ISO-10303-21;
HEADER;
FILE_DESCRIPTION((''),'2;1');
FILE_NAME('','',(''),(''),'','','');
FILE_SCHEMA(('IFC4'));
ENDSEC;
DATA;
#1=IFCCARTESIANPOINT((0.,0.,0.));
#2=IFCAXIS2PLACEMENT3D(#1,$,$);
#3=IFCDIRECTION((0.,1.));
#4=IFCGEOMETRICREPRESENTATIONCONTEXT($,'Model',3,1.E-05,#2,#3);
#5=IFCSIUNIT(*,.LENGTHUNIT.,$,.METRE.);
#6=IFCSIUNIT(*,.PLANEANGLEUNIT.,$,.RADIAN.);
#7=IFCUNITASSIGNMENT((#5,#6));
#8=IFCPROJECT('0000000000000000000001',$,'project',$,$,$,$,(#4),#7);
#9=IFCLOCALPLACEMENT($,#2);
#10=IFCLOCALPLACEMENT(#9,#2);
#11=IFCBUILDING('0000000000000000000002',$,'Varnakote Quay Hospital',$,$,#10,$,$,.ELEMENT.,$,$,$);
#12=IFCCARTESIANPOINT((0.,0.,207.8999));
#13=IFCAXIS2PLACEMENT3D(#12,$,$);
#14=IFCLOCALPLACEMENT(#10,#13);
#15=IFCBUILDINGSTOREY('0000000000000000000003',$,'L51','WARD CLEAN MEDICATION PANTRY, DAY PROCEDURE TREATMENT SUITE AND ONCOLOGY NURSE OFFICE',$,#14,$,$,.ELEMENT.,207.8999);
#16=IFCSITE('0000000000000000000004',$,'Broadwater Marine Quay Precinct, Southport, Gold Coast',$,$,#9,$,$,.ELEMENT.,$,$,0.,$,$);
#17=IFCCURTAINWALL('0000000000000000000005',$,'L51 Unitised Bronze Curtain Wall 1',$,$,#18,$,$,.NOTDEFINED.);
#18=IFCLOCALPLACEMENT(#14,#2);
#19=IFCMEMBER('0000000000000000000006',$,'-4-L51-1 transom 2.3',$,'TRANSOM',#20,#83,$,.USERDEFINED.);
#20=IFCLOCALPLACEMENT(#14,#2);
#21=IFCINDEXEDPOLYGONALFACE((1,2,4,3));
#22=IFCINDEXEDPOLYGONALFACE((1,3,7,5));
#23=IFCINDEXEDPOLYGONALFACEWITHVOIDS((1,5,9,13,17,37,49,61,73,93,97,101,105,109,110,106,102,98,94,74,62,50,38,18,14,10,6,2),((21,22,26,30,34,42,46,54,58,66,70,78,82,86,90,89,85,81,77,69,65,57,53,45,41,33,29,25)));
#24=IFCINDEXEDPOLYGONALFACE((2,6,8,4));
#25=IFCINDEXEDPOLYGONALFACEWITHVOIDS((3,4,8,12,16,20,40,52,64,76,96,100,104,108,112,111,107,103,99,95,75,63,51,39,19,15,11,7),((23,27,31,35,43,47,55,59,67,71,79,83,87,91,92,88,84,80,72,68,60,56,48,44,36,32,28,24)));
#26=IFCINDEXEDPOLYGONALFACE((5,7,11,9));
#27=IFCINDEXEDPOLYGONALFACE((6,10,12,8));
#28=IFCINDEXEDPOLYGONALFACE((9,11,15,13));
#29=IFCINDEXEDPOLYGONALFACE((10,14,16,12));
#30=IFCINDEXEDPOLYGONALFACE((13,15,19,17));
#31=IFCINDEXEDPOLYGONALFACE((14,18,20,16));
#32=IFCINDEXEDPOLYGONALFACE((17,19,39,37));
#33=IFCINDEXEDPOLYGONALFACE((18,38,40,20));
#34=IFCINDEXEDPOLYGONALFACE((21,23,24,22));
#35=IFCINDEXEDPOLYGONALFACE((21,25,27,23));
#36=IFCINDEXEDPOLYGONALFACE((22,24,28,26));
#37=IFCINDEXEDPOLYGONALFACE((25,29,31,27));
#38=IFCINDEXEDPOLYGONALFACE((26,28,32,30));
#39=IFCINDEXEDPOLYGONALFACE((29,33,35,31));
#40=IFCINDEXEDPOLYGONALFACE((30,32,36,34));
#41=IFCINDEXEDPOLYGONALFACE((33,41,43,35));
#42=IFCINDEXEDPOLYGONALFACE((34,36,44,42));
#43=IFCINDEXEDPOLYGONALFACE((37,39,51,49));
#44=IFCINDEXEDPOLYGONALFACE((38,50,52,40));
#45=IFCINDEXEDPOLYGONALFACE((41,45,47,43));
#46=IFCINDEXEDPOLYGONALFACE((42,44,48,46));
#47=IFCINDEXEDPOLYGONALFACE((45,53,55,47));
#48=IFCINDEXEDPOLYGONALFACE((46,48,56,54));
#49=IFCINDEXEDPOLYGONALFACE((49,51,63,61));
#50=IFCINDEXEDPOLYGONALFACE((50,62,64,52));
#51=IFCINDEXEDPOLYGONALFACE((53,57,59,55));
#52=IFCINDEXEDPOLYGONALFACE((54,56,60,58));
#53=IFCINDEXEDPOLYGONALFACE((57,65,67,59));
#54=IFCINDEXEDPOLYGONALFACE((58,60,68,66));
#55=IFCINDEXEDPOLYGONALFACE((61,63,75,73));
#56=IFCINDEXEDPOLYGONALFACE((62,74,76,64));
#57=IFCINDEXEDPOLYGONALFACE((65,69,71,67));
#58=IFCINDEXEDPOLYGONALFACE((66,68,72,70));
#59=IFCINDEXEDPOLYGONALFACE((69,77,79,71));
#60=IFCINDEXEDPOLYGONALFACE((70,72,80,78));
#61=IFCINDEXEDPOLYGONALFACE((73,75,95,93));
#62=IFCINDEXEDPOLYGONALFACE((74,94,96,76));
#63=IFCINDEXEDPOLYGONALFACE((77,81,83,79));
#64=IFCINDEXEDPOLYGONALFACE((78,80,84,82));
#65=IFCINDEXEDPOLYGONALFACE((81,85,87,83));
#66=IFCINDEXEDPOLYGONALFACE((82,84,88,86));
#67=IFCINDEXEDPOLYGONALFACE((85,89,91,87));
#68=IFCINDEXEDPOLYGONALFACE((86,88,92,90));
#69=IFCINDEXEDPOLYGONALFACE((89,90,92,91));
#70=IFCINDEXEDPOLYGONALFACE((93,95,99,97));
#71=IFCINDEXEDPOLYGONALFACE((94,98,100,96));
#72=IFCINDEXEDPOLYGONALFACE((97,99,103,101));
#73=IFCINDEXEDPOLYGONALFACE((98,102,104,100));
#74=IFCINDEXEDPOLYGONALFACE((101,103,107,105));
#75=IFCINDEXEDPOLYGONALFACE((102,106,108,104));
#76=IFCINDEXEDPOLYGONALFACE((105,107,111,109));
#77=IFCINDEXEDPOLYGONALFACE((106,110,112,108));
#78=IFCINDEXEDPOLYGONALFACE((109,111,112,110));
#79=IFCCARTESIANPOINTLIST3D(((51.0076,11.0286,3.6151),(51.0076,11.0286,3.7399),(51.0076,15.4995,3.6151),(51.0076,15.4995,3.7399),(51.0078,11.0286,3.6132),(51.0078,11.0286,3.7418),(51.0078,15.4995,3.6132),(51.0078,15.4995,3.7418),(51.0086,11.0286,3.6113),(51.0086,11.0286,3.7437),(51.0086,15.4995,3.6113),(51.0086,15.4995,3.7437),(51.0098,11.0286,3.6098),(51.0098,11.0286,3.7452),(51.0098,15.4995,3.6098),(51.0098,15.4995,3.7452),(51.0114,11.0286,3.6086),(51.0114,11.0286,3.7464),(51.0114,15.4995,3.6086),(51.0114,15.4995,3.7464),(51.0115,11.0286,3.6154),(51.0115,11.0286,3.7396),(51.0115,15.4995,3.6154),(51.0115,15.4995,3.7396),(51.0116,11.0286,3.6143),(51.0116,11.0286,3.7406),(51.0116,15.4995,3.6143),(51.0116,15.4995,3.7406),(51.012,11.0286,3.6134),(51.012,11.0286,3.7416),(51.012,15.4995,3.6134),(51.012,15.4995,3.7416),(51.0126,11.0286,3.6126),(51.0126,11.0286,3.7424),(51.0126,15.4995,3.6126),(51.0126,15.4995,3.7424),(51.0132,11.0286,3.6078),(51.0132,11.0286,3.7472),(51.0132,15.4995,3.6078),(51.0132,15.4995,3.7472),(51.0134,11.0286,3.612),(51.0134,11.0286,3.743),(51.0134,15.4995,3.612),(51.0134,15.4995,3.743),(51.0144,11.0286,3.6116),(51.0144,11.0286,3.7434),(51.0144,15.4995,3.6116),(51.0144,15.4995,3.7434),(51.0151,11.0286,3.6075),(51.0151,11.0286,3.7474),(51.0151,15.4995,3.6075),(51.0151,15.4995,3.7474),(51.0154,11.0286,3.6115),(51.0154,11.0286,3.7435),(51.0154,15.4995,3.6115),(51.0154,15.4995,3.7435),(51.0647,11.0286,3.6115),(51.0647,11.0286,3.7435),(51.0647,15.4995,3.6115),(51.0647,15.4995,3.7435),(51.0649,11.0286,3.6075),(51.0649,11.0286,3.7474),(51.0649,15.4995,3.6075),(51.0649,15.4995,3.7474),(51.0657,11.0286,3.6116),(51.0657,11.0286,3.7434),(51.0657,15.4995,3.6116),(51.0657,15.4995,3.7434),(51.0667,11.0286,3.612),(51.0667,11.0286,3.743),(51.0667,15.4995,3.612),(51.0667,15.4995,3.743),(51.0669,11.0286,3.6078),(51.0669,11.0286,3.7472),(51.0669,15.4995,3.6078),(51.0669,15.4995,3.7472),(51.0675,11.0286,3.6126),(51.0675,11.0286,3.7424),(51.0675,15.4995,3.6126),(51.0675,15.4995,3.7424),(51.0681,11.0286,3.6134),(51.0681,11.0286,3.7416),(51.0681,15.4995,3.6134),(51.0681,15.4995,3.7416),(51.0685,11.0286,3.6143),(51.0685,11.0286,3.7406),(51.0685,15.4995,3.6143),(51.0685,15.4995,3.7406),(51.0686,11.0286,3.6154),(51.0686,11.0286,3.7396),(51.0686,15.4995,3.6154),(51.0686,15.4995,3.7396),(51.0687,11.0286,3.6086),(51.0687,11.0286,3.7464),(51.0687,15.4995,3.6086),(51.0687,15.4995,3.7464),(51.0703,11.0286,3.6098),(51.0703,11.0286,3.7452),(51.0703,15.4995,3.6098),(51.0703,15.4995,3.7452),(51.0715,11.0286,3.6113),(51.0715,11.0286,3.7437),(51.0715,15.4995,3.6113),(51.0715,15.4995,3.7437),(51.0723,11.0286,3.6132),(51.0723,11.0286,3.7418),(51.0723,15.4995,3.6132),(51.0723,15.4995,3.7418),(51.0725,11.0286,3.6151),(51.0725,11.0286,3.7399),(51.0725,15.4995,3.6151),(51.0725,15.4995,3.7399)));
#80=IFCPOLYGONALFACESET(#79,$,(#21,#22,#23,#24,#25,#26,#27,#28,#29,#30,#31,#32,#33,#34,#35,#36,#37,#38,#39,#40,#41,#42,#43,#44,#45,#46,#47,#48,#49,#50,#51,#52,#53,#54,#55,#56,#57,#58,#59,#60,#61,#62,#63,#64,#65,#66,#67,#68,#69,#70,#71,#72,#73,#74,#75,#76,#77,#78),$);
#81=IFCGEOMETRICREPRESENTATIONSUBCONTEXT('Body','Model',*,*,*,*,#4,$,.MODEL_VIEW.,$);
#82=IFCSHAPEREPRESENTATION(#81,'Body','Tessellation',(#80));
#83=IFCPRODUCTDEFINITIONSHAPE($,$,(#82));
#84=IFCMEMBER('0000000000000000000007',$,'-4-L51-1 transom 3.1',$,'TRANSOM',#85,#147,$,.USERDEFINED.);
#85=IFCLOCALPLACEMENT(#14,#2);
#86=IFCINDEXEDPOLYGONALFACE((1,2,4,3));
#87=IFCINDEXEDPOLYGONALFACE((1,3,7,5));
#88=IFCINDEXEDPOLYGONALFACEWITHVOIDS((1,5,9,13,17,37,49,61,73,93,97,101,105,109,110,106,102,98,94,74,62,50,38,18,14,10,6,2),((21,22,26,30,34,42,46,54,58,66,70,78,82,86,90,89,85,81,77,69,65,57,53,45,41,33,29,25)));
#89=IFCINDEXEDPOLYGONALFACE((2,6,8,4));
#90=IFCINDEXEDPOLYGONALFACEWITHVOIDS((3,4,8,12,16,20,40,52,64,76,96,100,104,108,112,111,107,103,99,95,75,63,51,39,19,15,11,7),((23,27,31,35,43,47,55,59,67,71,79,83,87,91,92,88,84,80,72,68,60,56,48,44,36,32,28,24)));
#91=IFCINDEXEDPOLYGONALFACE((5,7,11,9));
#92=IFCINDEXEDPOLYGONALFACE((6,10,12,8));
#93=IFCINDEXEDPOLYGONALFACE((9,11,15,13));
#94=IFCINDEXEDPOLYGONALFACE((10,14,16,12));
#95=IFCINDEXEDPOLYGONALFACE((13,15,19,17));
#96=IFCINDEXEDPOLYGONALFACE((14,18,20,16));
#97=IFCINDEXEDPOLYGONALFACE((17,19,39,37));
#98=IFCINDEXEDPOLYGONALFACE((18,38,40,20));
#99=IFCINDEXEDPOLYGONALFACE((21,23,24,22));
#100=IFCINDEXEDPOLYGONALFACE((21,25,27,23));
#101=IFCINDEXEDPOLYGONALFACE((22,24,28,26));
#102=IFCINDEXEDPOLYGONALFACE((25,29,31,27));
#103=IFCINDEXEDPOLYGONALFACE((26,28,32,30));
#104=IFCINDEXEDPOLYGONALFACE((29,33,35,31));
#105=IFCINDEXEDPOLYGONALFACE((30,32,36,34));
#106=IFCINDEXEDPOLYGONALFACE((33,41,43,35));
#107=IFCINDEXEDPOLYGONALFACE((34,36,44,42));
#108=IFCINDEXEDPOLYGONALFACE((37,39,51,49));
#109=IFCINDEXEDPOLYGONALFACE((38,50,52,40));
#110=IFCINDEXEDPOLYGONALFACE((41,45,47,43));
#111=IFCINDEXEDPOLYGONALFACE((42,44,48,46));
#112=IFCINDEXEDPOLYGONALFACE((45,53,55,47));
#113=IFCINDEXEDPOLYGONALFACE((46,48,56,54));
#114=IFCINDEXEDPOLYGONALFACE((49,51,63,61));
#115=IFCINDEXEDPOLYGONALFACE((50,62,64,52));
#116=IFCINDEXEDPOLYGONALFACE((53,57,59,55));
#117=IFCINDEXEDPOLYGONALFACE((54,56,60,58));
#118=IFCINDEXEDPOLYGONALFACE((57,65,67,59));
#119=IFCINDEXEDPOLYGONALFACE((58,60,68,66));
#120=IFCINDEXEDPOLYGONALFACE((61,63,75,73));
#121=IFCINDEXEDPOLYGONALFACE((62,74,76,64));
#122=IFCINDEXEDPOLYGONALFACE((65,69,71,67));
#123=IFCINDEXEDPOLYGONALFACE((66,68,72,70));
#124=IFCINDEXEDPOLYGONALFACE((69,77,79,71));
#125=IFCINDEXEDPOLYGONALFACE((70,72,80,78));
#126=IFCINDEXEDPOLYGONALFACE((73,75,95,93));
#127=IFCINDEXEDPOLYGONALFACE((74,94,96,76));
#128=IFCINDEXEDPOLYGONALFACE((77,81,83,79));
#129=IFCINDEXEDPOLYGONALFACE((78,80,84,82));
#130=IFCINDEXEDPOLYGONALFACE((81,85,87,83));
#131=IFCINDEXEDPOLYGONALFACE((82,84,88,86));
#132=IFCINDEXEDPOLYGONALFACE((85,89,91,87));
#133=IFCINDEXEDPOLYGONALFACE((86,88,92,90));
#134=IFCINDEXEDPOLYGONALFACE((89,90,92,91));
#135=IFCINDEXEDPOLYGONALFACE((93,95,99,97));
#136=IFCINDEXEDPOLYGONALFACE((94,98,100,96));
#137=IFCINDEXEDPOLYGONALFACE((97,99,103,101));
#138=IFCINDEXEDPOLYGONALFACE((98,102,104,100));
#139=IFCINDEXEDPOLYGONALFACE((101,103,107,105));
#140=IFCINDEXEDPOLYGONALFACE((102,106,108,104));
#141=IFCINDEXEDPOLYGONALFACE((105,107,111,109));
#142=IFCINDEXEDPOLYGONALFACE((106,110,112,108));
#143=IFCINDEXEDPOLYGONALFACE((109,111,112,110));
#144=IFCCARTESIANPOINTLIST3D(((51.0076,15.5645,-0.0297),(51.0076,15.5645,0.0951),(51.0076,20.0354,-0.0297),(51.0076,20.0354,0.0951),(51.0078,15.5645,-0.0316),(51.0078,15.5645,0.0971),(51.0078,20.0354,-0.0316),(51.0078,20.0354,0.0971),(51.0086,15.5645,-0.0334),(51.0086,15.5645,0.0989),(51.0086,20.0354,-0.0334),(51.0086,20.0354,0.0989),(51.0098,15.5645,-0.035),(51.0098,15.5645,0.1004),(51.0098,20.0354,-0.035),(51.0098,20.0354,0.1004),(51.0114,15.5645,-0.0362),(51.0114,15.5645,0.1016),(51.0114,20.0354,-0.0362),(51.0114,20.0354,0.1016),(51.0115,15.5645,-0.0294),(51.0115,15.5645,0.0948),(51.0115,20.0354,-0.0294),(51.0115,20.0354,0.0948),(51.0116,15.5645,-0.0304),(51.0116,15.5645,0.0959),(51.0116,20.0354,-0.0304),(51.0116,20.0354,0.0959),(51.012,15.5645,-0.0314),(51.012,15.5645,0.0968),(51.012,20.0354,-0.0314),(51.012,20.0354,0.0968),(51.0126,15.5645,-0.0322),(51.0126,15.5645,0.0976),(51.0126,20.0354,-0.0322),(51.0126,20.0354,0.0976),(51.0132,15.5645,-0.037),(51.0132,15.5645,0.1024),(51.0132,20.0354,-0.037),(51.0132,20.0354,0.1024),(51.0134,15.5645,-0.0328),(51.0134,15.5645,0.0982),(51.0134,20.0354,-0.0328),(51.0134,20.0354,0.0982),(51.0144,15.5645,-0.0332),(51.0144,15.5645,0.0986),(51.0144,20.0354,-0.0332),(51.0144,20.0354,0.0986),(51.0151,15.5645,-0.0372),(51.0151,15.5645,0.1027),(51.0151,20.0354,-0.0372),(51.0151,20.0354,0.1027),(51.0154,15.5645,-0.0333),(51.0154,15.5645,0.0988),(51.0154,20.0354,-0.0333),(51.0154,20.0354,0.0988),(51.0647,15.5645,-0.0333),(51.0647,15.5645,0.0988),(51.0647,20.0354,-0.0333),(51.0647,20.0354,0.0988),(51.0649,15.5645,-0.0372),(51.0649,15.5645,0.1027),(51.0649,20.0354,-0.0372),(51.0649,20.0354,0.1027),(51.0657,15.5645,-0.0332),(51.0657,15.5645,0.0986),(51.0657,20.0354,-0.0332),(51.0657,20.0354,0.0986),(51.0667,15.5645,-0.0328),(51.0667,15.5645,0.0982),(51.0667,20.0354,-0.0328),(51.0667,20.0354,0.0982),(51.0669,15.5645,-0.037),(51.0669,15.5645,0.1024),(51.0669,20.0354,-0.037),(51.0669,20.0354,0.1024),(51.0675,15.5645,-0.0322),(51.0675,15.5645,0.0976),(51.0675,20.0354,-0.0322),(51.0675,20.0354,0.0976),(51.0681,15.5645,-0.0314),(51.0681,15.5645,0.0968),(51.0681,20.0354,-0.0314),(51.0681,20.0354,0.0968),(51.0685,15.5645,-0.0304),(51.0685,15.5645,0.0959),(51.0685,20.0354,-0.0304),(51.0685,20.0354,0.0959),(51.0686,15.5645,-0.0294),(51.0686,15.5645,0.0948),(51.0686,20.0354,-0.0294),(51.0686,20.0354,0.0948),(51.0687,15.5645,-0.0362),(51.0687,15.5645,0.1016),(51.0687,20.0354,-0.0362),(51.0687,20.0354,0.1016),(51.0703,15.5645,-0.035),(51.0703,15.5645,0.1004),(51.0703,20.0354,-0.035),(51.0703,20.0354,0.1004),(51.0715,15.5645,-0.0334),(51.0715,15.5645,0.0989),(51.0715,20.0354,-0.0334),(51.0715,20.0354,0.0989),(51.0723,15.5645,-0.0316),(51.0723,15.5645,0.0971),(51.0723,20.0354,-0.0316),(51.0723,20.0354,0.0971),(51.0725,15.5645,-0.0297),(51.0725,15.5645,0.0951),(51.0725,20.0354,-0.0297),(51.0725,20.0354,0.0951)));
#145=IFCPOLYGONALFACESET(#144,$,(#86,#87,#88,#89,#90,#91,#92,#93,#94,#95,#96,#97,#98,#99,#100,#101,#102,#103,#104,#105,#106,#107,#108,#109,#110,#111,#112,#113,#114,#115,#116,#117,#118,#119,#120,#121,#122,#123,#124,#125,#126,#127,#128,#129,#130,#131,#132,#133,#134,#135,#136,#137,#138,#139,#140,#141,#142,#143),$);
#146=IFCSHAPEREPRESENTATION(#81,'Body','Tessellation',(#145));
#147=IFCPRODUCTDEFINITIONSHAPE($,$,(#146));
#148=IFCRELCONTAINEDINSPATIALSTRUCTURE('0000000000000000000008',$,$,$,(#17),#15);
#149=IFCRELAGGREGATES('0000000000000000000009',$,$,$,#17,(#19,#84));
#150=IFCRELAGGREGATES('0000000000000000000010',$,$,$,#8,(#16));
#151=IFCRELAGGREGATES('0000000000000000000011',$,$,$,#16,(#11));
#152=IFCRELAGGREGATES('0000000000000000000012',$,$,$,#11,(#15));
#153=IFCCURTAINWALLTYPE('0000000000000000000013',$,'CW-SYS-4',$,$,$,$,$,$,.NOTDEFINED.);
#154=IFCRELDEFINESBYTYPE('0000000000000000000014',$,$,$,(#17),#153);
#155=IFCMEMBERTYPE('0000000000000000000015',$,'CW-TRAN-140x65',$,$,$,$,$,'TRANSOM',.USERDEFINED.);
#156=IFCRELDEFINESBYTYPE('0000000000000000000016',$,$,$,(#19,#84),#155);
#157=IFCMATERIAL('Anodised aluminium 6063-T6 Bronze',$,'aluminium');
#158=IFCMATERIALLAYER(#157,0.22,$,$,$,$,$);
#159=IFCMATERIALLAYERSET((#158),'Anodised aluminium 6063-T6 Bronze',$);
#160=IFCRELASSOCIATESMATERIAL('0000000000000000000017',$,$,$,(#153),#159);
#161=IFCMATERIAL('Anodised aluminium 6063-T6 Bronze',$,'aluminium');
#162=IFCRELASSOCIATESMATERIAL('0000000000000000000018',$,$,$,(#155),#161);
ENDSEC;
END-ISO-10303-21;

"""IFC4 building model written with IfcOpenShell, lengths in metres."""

from ifc_helpers import new_model, si_unit, direction, frame, origin, origin_2d, place, context, subcontext, project, spatial, hollow_rectangle, extrude, material, layer, layer_set, material_profile, profile_set, type_object, element, aggregate, save


model = new_model("IFC4")

# Units and contexts
model_context = context("Model", 3, precision=1e-05, world=origin(), true_north=direction((0.0, 1.0)))
body_context = subcontext(model_context, "Body", "Model", "MODEL_VIEW")
ifc_project = project(units=[si_unit("LENGTHUNIT", "METRE"), si_unit("PLANEANGLEUNIT", "RADIAN")], contexts=[model_context])

# Site, building, storey
site_placement = place(None, origin())
site = spatial("IfcSite", under=ifc_project, at=site_placement, Name="Broadwater Marine Quay Precinct, Southport, Gold Coast", CompositionType="ELEMENT", RefElevation=0.0)
building_placement = place(site_placement, origin())
building = spatial("IfcBuilding", under=site, at=building_placement, Name="Varnakote Quay Hospital", CompositionType="ELEMENT")
storey_placement = place(building_placement, frame((0.0, 0.0, 207.8999)))
storey = spatial("IfcBuildingStorey", under=building, at=storey_placement, Name="L51", Description="WARD CLEAN MEDICATION PANTRY, DAY PROCEDURE TREATMENT SUITE AND ONCOLOGY NURSE OFFICE", CompositionType="ELEMENT", Elevation=207.8999)

# Curtain wall, members
ifc_material_1 = material(Name="Anodised aluminium 6063-T6 Bronze", Category="aluminium")
ifc_layer_1 = layer(ifc_material_1, 0.22)
ifc_layer_set_1 = layer_set([ifc_layer_1], Name="Anodised aluminium 6063-T6 Bronze")
curtain_wall_type = type_object("IfcCurtainWallType", Name="CW-SYS-4", PredefinedType="NOTDEFINED", material=ifc_layer_set_1)
curtain_wall_placement = place(storey_placement, origin())
curtain_wall = element("IfcCurtainWall", 1, at=curtain_wall_placement, inside=storey, type_object=curtain_wall_type, Name="L51 Unitised Bronze Curtain Wall 1", PredefinedType="NOTDEFINED")
ifc_material_2 = material(Name="Anodised aluminium 6063-T6 Bronze", Category="aluminium")
ifc_material_profile_1 = material_profile(ifc_material_2, hollow_rectangle(XDim=0.0649, YDim=0.1399, WallThickness=0.0039, InnerFilletRadius=0.0039, OuterFilletRadius=0.0076, at=origin_2d()), Name="CW-TRAN-140x65")
ifc_profile_set_1 = profile_set([ifc_material_profile_1], Name="Anodised aluminium 6063-T6 Bronze")
member_type_1 = type_object("IfcMemberType", Name="CW-TRAN-140x65", ElementType="TRANSOM", PredefinedType="USERDEFINED", material=ifc_profile_set_1)
member_1_placement = place(storey_placement, frame((51.04, 11.0286, 3.6775), z_axis=(0.0, 1.0, 0.0), x_axis=(-1.0, 0.0, 0.0)))
member_1 = element("IfcMember", 2, at=member_1_placement, type_object=member_type_1, Name="-4-L51-1 transom 2.3", ObjectType="TRANSOM", PredefinedType="USERDEFINED", context=body_context, shape_type="SweptSolid", body=[
    extrude(hollow_rectangle(XDim=0.0649, YDim=0.1399, WallThickness=0.0039, InnerFilletRadius=0.0039, OuterFilletRadius=0.0076, at=origin_2d()), origin(), (0.0, 0.0, 1.0), 4.4709),
])
member_2_placement = place(storey_placement, frame((51.04, 15.5645, 0.0327), z_axis=(0.0, 1.0, 0.0), x_axis=(-1.0, 0.0, 0.0)))
member_2 = element("IfcMember", 3, at=member_2_placement, type_object=member_type_1, Name="-4-L51-1 transom 3.1", ObjectType="TRANSOM", PredefinedType="USERDEFINED", context=body_context, shape_type="SweptSolid", body=[
    extrude(hollow_rectangle(XDim=0.0649, YDim=0.1399, WallThickness=0.0039, InnerFilletRadius=0.0039, OuterFilletRadius=0.0076, at=origin_2d()), origin(), (0.0, 0.0, 1.0), 4.4709),
])
aggregate(curtain_wall, [member_1, member_2])

save(model, "model.ifc")
